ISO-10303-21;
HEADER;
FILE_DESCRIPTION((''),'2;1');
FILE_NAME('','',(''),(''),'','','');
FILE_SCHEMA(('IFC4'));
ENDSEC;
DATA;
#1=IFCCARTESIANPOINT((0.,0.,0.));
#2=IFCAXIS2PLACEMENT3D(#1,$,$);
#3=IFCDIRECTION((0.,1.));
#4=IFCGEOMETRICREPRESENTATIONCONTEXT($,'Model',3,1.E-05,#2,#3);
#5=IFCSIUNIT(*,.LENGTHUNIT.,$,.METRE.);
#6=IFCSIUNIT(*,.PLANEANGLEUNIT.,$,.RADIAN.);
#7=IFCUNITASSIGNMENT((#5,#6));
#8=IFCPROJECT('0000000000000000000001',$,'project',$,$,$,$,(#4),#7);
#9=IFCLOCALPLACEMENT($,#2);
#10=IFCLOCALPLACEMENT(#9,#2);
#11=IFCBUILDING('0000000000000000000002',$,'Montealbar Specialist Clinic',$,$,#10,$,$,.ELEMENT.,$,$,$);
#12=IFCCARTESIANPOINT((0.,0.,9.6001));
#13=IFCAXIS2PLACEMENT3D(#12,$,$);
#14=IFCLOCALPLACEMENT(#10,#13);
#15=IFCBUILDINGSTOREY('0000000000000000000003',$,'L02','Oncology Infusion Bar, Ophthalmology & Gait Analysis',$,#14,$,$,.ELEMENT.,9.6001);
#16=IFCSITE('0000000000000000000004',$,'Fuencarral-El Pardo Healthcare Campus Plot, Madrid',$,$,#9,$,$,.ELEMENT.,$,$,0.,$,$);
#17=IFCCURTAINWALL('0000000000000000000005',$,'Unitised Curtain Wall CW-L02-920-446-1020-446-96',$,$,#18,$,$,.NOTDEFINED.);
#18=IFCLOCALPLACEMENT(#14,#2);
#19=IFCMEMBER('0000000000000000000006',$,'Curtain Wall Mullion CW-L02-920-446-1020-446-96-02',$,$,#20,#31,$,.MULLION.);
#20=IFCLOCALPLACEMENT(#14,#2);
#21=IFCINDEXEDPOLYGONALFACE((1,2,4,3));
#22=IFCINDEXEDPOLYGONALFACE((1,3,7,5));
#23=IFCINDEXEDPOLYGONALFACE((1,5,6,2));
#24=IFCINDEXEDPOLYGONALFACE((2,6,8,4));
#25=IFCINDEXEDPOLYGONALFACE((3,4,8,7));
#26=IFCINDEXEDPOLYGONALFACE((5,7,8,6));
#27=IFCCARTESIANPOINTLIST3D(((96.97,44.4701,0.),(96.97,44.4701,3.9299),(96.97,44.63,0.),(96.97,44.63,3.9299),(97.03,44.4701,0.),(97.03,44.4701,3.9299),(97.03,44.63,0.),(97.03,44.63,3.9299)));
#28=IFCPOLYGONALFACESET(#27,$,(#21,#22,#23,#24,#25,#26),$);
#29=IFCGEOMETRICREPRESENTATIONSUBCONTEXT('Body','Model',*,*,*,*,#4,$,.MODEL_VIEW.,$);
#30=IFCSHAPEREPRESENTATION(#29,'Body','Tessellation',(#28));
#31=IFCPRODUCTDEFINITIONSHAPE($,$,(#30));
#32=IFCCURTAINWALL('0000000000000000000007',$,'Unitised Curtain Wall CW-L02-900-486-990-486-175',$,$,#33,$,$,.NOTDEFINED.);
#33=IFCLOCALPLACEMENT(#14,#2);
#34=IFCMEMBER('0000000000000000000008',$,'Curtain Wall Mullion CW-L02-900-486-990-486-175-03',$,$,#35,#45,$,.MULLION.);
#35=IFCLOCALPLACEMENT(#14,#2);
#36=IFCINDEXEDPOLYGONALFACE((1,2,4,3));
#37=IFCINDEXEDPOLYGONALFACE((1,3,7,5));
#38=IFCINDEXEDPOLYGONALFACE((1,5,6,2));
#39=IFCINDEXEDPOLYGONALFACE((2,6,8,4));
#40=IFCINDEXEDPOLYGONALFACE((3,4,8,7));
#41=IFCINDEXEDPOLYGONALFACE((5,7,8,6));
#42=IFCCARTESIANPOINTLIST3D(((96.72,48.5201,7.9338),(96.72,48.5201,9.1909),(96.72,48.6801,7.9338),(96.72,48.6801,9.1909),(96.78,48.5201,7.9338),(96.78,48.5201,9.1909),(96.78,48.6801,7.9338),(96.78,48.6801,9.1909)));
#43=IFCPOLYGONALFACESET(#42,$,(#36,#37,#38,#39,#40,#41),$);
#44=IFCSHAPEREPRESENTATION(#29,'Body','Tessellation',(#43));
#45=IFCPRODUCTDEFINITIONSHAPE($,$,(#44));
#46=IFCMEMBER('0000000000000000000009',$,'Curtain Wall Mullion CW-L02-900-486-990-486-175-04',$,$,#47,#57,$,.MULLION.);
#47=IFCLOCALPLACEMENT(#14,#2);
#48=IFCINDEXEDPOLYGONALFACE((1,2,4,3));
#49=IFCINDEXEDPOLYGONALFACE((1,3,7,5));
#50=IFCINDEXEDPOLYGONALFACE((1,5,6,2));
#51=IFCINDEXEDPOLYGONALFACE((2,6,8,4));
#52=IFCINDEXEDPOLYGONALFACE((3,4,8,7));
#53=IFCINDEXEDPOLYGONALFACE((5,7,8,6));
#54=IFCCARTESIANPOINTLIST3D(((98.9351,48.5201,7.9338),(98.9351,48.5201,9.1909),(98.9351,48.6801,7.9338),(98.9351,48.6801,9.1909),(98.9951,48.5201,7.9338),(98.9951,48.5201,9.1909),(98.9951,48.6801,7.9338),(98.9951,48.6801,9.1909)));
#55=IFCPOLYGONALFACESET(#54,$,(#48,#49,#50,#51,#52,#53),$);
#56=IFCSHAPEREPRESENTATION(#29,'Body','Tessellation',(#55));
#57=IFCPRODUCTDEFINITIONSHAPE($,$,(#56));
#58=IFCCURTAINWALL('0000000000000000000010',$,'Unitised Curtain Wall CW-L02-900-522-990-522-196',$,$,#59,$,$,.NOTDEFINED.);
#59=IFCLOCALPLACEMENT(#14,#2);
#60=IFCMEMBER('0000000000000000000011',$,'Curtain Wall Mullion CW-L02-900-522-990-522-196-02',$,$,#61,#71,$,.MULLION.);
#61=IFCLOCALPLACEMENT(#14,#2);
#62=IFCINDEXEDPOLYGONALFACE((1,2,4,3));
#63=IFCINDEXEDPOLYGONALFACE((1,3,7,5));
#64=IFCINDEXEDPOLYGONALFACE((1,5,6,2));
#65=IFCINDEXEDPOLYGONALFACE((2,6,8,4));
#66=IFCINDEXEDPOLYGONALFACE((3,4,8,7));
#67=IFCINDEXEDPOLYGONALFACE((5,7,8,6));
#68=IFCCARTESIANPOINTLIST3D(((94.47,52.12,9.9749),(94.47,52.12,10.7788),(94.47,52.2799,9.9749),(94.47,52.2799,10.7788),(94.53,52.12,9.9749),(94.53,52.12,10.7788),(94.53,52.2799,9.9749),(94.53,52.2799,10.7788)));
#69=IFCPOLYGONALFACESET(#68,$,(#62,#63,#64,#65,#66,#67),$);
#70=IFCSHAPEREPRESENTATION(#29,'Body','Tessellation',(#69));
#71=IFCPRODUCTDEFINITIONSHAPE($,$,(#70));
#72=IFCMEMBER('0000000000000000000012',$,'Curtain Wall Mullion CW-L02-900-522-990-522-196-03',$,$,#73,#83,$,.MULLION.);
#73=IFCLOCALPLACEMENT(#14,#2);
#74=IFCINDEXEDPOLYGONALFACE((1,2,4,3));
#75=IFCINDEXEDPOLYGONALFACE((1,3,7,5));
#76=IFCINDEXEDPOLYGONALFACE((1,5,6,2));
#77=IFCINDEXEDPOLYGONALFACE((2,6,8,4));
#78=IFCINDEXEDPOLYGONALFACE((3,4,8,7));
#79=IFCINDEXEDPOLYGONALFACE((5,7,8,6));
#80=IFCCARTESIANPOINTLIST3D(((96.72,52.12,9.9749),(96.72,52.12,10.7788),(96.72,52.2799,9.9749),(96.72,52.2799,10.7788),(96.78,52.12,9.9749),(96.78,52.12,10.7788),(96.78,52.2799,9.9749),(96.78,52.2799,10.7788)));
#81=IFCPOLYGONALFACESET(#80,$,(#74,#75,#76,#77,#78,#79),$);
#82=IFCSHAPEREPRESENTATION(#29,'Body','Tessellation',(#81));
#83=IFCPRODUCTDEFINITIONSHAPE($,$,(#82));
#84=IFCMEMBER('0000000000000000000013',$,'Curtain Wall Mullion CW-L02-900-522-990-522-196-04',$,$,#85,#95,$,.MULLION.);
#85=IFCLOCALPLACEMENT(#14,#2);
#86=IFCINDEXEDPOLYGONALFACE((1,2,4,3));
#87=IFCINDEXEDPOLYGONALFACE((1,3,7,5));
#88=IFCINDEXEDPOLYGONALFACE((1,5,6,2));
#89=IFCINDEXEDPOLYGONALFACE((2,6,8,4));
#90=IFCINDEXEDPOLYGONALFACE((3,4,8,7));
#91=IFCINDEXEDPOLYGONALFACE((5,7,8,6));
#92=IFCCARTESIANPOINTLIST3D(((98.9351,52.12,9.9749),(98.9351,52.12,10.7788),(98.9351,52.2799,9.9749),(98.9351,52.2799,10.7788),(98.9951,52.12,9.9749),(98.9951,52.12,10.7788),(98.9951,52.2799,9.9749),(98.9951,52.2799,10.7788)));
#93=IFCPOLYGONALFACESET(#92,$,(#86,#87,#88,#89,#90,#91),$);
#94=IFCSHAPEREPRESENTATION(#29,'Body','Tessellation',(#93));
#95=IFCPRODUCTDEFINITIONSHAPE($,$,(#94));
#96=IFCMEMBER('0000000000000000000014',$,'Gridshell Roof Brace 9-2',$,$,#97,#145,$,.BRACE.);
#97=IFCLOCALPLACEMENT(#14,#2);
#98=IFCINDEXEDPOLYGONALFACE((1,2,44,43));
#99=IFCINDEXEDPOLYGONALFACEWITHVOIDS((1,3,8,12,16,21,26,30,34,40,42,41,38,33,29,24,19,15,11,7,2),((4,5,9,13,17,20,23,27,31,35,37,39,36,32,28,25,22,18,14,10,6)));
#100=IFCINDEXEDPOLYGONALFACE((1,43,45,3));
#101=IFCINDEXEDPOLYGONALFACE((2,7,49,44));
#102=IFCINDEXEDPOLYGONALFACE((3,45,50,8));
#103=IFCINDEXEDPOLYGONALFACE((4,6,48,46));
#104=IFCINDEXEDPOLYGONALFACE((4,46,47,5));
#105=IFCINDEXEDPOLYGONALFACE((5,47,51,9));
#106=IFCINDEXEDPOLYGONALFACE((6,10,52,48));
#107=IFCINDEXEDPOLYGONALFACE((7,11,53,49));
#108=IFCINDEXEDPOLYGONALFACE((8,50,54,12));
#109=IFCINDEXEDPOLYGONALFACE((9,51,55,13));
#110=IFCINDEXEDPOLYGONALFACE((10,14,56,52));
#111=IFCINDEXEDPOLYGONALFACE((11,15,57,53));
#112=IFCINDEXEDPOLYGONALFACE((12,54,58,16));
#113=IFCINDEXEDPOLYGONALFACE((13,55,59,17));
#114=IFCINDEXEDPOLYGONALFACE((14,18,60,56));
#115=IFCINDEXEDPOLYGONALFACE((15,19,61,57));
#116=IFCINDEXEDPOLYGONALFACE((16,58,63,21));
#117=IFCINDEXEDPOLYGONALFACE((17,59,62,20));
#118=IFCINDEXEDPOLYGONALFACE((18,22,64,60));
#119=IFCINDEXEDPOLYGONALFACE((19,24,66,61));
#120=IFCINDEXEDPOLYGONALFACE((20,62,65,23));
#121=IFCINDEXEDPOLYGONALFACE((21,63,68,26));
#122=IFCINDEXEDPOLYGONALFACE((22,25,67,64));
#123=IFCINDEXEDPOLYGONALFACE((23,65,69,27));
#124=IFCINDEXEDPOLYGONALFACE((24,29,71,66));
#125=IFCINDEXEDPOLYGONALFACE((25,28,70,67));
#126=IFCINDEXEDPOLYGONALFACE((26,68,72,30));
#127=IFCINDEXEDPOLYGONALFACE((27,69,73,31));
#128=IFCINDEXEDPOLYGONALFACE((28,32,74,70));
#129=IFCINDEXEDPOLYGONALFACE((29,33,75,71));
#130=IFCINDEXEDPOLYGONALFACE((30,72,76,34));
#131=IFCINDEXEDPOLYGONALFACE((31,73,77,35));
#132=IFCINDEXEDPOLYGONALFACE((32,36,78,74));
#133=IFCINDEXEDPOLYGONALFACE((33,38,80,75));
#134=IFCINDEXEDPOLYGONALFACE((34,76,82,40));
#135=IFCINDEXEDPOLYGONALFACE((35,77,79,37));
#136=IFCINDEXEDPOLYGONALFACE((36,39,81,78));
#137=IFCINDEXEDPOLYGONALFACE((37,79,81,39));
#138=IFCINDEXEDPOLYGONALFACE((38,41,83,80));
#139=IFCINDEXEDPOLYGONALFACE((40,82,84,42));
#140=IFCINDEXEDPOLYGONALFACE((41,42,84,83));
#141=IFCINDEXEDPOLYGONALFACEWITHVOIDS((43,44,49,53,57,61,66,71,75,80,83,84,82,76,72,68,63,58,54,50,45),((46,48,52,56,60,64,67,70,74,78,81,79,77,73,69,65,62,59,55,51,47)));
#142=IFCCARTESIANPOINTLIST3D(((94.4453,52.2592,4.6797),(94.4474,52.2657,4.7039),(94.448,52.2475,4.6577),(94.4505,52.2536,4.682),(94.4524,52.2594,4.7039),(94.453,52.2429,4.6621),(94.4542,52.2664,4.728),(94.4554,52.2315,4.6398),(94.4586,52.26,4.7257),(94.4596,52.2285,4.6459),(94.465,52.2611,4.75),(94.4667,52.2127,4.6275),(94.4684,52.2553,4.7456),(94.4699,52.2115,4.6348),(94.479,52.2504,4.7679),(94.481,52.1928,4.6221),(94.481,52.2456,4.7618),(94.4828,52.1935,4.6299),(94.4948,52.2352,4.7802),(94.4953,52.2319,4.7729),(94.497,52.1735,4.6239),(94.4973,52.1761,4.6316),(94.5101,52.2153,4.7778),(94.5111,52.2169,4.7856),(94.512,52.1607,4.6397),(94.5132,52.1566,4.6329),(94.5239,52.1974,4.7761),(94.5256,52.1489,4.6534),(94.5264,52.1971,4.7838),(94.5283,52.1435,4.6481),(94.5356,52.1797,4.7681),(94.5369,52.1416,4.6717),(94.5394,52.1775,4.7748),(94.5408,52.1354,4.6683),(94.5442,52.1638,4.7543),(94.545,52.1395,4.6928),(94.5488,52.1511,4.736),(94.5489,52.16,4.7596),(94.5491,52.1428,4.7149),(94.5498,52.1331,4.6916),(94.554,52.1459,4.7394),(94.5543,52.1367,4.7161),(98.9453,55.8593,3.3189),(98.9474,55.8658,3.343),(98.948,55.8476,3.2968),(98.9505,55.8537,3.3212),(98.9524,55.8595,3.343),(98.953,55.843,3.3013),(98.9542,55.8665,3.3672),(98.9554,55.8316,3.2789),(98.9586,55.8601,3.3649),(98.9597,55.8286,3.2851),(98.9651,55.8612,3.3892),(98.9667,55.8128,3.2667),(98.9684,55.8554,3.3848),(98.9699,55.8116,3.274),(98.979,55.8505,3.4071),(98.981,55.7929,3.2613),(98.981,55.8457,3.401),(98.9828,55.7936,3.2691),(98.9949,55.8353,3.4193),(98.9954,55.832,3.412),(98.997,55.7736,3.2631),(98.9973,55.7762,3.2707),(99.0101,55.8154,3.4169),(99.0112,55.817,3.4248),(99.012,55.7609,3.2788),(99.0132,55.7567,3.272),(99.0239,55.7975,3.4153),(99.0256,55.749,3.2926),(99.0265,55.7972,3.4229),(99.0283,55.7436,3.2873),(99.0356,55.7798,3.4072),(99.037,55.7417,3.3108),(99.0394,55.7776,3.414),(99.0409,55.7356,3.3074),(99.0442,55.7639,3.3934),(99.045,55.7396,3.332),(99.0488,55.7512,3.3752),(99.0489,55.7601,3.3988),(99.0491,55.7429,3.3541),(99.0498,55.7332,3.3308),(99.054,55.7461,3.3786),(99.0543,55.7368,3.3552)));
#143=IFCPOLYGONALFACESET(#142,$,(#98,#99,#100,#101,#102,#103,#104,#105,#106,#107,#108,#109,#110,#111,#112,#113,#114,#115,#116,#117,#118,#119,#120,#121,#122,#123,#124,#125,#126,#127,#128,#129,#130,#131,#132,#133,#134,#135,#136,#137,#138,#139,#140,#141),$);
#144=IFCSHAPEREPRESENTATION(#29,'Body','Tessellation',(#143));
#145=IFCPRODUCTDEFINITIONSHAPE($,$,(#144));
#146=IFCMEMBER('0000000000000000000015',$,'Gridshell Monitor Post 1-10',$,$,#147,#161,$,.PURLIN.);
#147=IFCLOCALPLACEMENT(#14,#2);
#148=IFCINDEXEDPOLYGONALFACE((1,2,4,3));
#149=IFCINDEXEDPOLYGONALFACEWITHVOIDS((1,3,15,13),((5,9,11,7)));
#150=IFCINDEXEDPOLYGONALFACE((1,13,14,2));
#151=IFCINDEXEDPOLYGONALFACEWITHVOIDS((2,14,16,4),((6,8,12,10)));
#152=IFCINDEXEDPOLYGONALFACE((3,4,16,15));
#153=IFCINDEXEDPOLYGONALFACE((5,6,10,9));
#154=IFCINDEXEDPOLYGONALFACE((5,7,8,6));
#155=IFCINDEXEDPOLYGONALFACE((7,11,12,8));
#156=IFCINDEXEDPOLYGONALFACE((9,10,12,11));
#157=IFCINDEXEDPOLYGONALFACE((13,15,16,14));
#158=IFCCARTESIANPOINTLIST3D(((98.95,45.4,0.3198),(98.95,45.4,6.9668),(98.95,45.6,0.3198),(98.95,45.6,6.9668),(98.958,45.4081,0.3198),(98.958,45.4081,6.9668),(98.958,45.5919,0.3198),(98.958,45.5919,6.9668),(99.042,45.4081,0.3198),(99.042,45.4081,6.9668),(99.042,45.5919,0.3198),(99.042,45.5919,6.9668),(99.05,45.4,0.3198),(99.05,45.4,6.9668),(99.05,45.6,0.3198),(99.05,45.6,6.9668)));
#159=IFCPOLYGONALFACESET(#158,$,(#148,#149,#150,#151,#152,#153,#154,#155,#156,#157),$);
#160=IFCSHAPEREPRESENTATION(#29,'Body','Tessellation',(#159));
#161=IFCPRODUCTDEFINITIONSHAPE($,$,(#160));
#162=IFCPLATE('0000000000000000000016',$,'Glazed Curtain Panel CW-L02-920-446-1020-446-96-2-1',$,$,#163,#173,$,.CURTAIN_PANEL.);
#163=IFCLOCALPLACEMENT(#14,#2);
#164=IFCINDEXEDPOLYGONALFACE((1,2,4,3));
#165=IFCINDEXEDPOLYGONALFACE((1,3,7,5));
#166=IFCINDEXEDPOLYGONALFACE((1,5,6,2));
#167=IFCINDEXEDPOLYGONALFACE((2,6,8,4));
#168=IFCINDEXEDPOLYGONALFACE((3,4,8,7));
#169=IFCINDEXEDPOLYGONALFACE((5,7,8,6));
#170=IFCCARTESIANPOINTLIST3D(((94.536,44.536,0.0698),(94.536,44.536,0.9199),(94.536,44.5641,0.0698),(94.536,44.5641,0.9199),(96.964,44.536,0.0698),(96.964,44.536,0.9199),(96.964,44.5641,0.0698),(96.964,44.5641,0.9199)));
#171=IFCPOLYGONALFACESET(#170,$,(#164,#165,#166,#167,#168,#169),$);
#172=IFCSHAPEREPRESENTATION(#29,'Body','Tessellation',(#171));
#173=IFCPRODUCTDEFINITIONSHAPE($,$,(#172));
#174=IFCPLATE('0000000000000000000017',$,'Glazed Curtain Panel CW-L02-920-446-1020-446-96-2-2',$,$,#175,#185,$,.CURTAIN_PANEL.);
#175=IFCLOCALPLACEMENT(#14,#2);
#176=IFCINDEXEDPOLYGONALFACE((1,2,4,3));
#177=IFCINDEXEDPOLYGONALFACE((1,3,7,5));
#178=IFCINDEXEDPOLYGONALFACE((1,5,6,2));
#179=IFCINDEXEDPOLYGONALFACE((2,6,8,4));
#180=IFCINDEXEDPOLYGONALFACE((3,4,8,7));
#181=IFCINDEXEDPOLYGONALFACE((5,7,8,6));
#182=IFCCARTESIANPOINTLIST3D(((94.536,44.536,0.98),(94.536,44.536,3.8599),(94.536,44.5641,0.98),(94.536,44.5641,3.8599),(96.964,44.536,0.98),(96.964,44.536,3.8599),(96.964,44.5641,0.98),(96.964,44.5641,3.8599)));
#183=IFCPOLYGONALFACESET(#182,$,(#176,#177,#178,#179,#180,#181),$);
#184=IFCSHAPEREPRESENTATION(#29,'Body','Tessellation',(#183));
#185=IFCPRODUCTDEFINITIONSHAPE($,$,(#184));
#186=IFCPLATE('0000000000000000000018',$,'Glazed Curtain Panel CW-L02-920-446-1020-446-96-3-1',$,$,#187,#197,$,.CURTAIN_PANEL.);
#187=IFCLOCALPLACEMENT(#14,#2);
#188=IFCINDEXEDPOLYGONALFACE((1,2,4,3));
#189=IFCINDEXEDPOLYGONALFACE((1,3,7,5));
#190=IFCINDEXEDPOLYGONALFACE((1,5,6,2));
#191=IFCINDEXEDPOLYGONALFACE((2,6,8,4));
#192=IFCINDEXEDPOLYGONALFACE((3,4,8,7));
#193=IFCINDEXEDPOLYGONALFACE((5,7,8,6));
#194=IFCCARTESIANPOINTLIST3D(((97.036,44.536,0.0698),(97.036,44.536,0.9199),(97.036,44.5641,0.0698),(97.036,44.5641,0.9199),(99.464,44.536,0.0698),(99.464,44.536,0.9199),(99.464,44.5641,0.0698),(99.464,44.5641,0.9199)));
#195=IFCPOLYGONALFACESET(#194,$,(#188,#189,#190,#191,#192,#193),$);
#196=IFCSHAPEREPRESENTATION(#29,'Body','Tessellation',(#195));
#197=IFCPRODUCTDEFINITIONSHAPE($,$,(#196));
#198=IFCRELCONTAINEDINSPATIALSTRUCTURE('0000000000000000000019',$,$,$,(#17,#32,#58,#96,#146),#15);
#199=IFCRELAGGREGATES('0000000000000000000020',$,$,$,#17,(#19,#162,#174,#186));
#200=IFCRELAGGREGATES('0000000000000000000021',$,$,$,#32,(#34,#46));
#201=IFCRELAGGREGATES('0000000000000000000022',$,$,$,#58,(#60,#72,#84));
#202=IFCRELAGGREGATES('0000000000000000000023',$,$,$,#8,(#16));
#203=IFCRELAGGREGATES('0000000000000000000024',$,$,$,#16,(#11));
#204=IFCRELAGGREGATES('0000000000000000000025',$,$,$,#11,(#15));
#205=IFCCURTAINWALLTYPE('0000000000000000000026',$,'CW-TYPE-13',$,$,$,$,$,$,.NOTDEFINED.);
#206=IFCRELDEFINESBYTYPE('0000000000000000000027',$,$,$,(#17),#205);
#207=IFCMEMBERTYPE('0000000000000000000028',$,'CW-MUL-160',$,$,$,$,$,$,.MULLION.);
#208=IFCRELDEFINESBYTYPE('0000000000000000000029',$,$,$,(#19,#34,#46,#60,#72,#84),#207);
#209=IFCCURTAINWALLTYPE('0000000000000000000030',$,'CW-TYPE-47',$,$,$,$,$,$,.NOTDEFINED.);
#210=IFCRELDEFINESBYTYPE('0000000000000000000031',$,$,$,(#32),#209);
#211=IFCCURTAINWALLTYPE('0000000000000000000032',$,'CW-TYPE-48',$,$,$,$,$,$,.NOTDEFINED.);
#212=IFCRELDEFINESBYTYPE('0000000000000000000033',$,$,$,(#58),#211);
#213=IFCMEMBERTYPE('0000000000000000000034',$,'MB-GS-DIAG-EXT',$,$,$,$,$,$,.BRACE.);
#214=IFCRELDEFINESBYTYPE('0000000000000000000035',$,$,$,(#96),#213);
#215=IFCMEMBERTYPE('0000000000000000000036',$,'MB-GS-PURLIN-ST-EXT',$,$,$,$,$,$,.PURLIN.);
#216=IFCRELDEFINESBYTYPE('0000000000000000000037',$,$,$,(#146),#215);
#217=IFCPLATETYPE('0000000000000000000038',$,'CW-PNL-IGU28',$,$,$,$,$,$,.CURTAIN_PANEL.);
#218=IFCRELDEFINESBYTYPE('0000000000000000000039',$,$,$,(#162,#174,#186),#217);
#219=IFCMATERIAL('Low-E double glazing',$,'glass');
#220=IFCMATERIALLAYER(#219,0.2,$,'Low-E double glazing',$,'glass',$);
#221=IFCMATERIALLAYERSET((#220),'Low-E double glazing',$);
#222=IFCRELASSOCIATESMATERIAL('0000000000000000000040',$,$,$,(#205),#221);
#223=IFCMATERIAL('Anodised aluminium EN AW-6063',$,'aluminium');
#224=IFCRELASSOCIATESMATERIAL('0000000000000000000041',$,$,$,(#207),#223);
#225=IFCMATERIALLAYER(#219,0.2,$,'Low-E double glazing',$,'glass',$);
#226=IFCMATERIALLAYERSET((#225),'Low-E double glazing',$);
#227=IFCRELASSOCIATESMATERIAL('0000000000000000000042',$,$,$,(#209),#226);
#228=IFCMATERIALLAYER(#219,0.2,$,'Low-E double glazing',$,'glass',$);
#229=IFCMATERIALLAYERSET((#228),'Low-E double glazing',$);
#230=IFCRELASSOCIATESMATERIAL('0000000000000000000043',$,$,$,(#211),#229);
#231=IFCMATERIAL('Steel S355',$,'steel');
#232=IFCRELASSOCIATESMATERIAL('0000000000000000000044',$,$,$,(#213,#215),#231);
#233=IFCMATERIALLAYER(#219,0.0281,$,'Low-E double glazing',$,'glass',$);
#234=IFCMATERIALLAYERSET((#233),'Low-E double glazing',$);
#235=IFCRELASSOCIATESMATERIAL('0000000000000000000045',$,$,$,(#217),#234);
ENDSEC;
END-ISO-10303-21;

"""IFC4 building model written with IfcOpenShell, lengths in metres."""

from ifc_helpers import new_model, si_unit, direction, frame, origin, origin_2d, place, context, subcontext, project, spatial, rectangle, hollow_rectangle, hollow_circle, extrude, material, layer, layer_set, material_profile, profile_set, type_object, element, aggregate, save


model = new_model("IFC4")

# Units and contexts
model_context = context("Model", 3, precision=1e-05, world=origin(), true_north=direction((0.0, 1.0)))
body_context = subcontext(model_context, "Body", "Model", "MODEL_VIEW")
ifc_project = project(units=[si_unit("LENGTHUNIT", "METRE"), si_unit("PLANEANGLEUNIT", "RADIAN")], contexts=[model_context])

# Site, building, storey
site_placement = place(None, origin())
site = spatial("IfcSite", under=ifc_project, at=site_placement, Name="Fuencarral-El Pardo Healthcare Campus Plot, Madrid", CompositionType="ELEMENT", RefElevation=0.0)
building_placement = place(site_placement, origin())
building = spatial("IfcBuilding", under=site, at=building_placement, Name="Montealbar Specialist Clinic", CompositionType="ELEMENT")
storey_placement = place(building_placement, frame((0.0, 0.0, 9.6001)))
storey = spatial("IfcBuildingStorey", under=building, at=storey_placement, Name="L02", Description="Oncology Infusion Bar, Ophthalmology & Gait Analysis", CompositionType="ELEMENT", Elevation=9.6001)

# Shared definitions
ifc_material_1 = material(Name="Steel S355", Category="steel")

# Curtain wall, member
ifc_material_2 = material(Name="Low-E double glazing", Category="glass")
ifc_layer_1 = layer(ifc_material_2, 0.2, Name="Low-E double glazing", Category="glass")
ifc_layer_set_1 = layer_set([ifc_layer_1], Name="Low-E double glazing")
curtain_wall_type_1 = type_object("IfcCurtainWallType", Name="CW-TYPE-13", PredefinedType="NOTDEFINED", material=ifc_layer_set_1)
curtain_wall_1_placement = place(storey_placement, origin())
curtain_wall_1 = element("IfcCurtainWall", 1, at=curtain_wall_1_placement, inside=storey, type_object=curtain_wall_type_1, Name="Unitised Curtain Wall CW-L02-920-446-1020-446-96", PredefinedType="NOTDEFINED")
ifc_material_3 = material(Name="Anodised aluminium EN AW-6063", Category="aluminium")
ifc_material_profile_1 = material_profile(ifc_material_3, rectangle(XDim=0.0601, YDim=0.1599, at=origin_2d()), Name="ALU 60x160", Category="aluminium")
ifc_profile_set_1 = profile_set([ifc_material_profile_1], Name="Anodised aluminium EN AW-6063")
member_type_1 = type_object("IfcMemberType", Name="CW-MUL-160", PredefinedType="MULLION", material=ifc_profile_set_1)
member_1_placement = place(storey_placement, frame((97.0, 44.55, 0.0), z_axis=(0.0, 0.0, 1.0), x_axis=(1.0, 0.0, 0.0)))
member_1 = element("IfcMember", 2, at=member_1_placement, type_object=member_type_1, Name="Curtain Wall Mullion CW-L02-920-446-1020-446-96-02", PredefinedType="MULLION", context=body_context, shape_type="SweptSolid", body=[
    extrude(rectangle(XDim=0.0601, YDim=0.1599, at=origin_2d()), origin(), (0.0, 0.0, 1.0), 3.9299),
])

# Curtain walls, members
ifc_layer_2 = layer(ifc_material_2, 0.2, Name="Low-E double glazing", Category="glass")
ifc_layer_set_2 = layer_set([ifc_layer_2], Name="Low-E double glazing")
curtain_wall_type_2 = type_object("IfcCurtainWallType", Name="CW-TYPE-47", PredefinedType="NOTDEFINED", material=ifc_layer_set_2)
curtain_wall_2_placement = place(storey_placement, origin())
curtain_wall_2 = element("IfcCurtainWall", 3, at=curtain_wall_2_placement, inside=storey, type_object=curtain_wall_type_2, Name="Unitised Curtain Wall CW-L02-900-486-990-486-175", PredefinedType="NOTDEFINED")
member_2_placement = place(storey_placement, frame((96.75, 48.6001, 7.9338), z_axis=(0.0, 0.0, 1.0), x_axis=(1.0, 0.0, 0.0)))
member_2 = element("IfcMember", 4, at=member_2_placement, type_object=member_type_1, Name="Curtain Wall Mullion CW-L02-900-486-990-486-175-03", PredefinedType="MULLION", context=body_context, shape_type="SweptSolid", body=[
    extrude(rectangle(XDim=0.0601, YDim=0.1599, at=origin_2d()), origin(), (0.0, 0.0, 1.0), 1.2571),
])
member_3_placement = place(storey_placement, frame((98.9651, 48.6001, 7.9338), z_axis=(0.0, 0.0, 1.0), x_axis=(1.0, 0.0, 0.0)))
member_3 = element("IfcMember", 5, at=member_3_placement, type_object=member_type_1, Name="Curtain Wall Mullion CW-L02-900-486-990-486-175-04", PredefinedType="MULLION", context=body_context, shape_type="SweptSolid", body=[
    extrude(rectangle(XDim=0.0601, YDim=0.1599, at=origin_2d()), origin(), (0.0, 0.0, 1.0), 1.2571),
])
ifc_layer_3 = layer(ifc_material_2, 0.2, Name="Low-E double glazing", Category="glass")
ifc_layer_set_3 = layer_set([ifc_layer_3], Name="Low-E double glazing")
curtain_wall_type_3 = type_object("IfcCurtainWallType", Name="CW-TYPE-48", PredefinedType="NOTDEFINED", material=ifc_layer_set_3)
curtain_wall_3_placement = place(storey_placement, origin())
curtain_wall_3 = element("IfcCurtainWall", 6, at=curtain_wall_3_placement, inside=storey, type_object=curtain_wall_type_3, Name="Unitised Curtain Wall CW-L02-900-522-990-522-196", PredefinedType="NOTDEFINED")
member_4_placement = place(storey_placement, frame((94.5, 52.2, 9.9749), z_axis=(0.0, 0.0, 1.0), x_axis=(1.0, 0.0, 0.0)))
member_4 = element("IfcMember", 7, at=member_4_placement, type_object=member_type_1, Name="Curtain Wall Mullion CW-L02-900-522-990-522-196-02", PredefinedType="MULLION", context=body_context, shape_type="SweptSolid", body=[
    extrude(rectangle(XDim=0.0601, YDim=0.1599, at=origin_2d()), origin(), (0.0, 0.0, 1.0), 0.804),
])
member_5_placement = place(storey_placement, frame((96.75, 52.2, 9.9749), z_axis=(0.0, 0.0, 1.0), x_axis=(1.0, 0.0, 0.0)))
member_5 = element("IfcMember", 8, at=member_5_placement, type_object=member_type_1, Name="Curtain Wall Mullion CW-L02-900-522-990-522-196-03", PredefinedType="MULLION", context=body_context, shape_type="SweptSolid", body=[
    extrude(rectangle(XDim=0.0601, YDim=0.1599, at=origin_2d()), origin(), (0.0, 0.0, 1.0), 0.804),
])
member_6_placement = place(storey_placement, frame((98.9651, 52.2, 9.9749), z_axis=(0.0, 0.0, 1.0), x_axis=(1.0, 0.0, 0.0)))
member_6 = element("IfcMember", 9, at=member_6_placement, type_object=member_type_1, Name="Curtain Wall Mullion CW-L02-900-522-990-522-196-04", PredefinedType="MULLION", context=body_context, shape_type="SweptSolid", body=[
    extrude(rectangle(XDim=0.0601, YDim=0.1599, at=origin_2d()), origin(), (0.0, 0.0, 1.0), 0.804),
])

# Members
ifc_material_profile_2 = material_profile(ifc_material_1, hollow_circle(Radius=0.0842, WallThickness=0.0081, at=origin_2d()), Name="CHS 168.3x8.0", Category="steel")
ifc_profile_set_2 = profile_set([ifc_material_profile_2], Name="Steel S355")
member_type_2 = type_object("IfcMemberType", Name="MB-GS-DIAG-EXT", PredefinedType="BRACE", material=ifc_profile_set_2)
member_7_placement = place(storey_placement, frame((94.5, 52.2, 4.7039), z_axis=(0.75996, 0.607984, -0.229819), x_axis=(-0.624705, 0.780861, 0.0)))
element("IfcMember", 10, at=member_7_placement, inside=storey, type_object=member_type_2, Name="Gridshell Roof Brace 9-2", PredefinedType="BRACE", context=body_context, shape_type="SweptSolid", body=[
    extrude(hollow_circle(Radius=0.0842, WallThickness=0.0081, at=origin_2d()), origin(), (0.0, 0.0, 1.0), 5.9214),
])
ifc_material_profile_3 = material_profile(ifc_material_1, hollow_rectangle(XDim=0.1001, YDim=0.2, WallThickness=0.0081, at=origin_2d()), Name="RHS 200x100x8", Category="steel")
ifc_profile_set_3 = profile_set([ifc_material_profile_3], Name="Steel S355")
member_type_3 = type_object("IfcMemberType", Name="MB-GS-PURLIN-ST-EXT", PredefinedType="PURLIN", material=ifc_profile_set_3)
member_8_placement = place(storey_placement, frame((99.0, 45.5, 0.3198), z_axis=(0.0, 0.0, 1.0), x_axis=(1.0, 0.0, 0.0)))
element("IfcMember", 11, at=member_8_placement, inside=storey, type_object=member_type_3, Name="Gridshell Monitor Post 1-10", PredefinedType="PURLIN", context=body_context, shape_type="SweptSolid", body=[
    extrude(hollow_rectangle(XDim=0.1001, YDim=0.2, WallThickness=0.0081, at=origin_2d()), origin(), (0.0, 0.0, 1.0), 6.647),
])

# Plates
ifc_layer_4 = layer(ifc_material_2, 0.0281, Name="Low-E double glazing", Category="glass")
ifc_layer_set_4 = layer_set([ifc_layer_4], Name="Low-E double glazing")
plate_type_1 = type_object("IfcPlateType", Name="CW-PNL-IGU28", PredefinedType="CURTAIN_PANEL", material=ifc_layer_set_4)
plate_1_placement = place(storey_placement, frame((95.75, 44.55, 0.0698), z_axis=(0.0, 0.0, 1.0), x_axis=(1.0, 0.0, 0.0)))
plate_1 = element("IfcPlate", 12, at=plate_1_placement, type_object=plate_type_1, Name="Glazed Curtain Panel CW-L02-920-446-1020-446-96-2-1", PredefinedType="CURTAIN_PANEL", context=body_context, shape_type="SweptSolid", body=[
    extrude(rectangle(XDim=2.428, YDim=0.0281, at=origin_2d()), origin(), (0.0, 0.0, 1.0), 0.8501),
])
plate_2_placement = place(storey_placement, frame((95.75, 44.55, 0.98), z_axis=(0.0, 0.0, 1.0), x_axis=(1.0, 0.0, 0.0)))
plate_2 = element("IfcPlate", 13, at=plate_2_placement, type_object=plate_type_1, Name="Glazed Curtain Panel CW-L02-920-446-1020-446-96-2-2", PredefinedType="CURTAIN_PANEL", context=body_context, shape_type="SweptSolid", body=[
    extrude(rectangle(XDim=2.428, YDim=0.0281, at=origin_2d()), origin(), (0.0, 0.0, 1.0), 2.8799),
])
plate_3_placement = place(storey_placement, frame((98.25, 44.55, 0.0698), z_axis=(0.0, 0.0, 1.0), x_axis=(1.0, 0.0, 0.0)))
plate_3 = element("IfcPlate", 14, at=plate_3_placement, type_object=plate_type_1, Name="Glazed Curtain Panel CW-L02-920-446-1020-446-96-3-1", PredefinedType="CURTAIN_PANEL", context=body_context, shape_type="SweptSolid", body=[
    extrude(rectangle(XDim=2.428, YDim=0.0281, at=origin_2d()), origin(), (0.0, 0.0, 1.0), 0.8501),
])
aggregate(curtain_wall_1, [member_1, plate_1, plate_2, plate_3])
aggregate(curtain_wall_2, [member_2, member_3])
aggregate(curtain_wall_3, [member_4, member_5, member_6])

save(model, "model.ifc")
